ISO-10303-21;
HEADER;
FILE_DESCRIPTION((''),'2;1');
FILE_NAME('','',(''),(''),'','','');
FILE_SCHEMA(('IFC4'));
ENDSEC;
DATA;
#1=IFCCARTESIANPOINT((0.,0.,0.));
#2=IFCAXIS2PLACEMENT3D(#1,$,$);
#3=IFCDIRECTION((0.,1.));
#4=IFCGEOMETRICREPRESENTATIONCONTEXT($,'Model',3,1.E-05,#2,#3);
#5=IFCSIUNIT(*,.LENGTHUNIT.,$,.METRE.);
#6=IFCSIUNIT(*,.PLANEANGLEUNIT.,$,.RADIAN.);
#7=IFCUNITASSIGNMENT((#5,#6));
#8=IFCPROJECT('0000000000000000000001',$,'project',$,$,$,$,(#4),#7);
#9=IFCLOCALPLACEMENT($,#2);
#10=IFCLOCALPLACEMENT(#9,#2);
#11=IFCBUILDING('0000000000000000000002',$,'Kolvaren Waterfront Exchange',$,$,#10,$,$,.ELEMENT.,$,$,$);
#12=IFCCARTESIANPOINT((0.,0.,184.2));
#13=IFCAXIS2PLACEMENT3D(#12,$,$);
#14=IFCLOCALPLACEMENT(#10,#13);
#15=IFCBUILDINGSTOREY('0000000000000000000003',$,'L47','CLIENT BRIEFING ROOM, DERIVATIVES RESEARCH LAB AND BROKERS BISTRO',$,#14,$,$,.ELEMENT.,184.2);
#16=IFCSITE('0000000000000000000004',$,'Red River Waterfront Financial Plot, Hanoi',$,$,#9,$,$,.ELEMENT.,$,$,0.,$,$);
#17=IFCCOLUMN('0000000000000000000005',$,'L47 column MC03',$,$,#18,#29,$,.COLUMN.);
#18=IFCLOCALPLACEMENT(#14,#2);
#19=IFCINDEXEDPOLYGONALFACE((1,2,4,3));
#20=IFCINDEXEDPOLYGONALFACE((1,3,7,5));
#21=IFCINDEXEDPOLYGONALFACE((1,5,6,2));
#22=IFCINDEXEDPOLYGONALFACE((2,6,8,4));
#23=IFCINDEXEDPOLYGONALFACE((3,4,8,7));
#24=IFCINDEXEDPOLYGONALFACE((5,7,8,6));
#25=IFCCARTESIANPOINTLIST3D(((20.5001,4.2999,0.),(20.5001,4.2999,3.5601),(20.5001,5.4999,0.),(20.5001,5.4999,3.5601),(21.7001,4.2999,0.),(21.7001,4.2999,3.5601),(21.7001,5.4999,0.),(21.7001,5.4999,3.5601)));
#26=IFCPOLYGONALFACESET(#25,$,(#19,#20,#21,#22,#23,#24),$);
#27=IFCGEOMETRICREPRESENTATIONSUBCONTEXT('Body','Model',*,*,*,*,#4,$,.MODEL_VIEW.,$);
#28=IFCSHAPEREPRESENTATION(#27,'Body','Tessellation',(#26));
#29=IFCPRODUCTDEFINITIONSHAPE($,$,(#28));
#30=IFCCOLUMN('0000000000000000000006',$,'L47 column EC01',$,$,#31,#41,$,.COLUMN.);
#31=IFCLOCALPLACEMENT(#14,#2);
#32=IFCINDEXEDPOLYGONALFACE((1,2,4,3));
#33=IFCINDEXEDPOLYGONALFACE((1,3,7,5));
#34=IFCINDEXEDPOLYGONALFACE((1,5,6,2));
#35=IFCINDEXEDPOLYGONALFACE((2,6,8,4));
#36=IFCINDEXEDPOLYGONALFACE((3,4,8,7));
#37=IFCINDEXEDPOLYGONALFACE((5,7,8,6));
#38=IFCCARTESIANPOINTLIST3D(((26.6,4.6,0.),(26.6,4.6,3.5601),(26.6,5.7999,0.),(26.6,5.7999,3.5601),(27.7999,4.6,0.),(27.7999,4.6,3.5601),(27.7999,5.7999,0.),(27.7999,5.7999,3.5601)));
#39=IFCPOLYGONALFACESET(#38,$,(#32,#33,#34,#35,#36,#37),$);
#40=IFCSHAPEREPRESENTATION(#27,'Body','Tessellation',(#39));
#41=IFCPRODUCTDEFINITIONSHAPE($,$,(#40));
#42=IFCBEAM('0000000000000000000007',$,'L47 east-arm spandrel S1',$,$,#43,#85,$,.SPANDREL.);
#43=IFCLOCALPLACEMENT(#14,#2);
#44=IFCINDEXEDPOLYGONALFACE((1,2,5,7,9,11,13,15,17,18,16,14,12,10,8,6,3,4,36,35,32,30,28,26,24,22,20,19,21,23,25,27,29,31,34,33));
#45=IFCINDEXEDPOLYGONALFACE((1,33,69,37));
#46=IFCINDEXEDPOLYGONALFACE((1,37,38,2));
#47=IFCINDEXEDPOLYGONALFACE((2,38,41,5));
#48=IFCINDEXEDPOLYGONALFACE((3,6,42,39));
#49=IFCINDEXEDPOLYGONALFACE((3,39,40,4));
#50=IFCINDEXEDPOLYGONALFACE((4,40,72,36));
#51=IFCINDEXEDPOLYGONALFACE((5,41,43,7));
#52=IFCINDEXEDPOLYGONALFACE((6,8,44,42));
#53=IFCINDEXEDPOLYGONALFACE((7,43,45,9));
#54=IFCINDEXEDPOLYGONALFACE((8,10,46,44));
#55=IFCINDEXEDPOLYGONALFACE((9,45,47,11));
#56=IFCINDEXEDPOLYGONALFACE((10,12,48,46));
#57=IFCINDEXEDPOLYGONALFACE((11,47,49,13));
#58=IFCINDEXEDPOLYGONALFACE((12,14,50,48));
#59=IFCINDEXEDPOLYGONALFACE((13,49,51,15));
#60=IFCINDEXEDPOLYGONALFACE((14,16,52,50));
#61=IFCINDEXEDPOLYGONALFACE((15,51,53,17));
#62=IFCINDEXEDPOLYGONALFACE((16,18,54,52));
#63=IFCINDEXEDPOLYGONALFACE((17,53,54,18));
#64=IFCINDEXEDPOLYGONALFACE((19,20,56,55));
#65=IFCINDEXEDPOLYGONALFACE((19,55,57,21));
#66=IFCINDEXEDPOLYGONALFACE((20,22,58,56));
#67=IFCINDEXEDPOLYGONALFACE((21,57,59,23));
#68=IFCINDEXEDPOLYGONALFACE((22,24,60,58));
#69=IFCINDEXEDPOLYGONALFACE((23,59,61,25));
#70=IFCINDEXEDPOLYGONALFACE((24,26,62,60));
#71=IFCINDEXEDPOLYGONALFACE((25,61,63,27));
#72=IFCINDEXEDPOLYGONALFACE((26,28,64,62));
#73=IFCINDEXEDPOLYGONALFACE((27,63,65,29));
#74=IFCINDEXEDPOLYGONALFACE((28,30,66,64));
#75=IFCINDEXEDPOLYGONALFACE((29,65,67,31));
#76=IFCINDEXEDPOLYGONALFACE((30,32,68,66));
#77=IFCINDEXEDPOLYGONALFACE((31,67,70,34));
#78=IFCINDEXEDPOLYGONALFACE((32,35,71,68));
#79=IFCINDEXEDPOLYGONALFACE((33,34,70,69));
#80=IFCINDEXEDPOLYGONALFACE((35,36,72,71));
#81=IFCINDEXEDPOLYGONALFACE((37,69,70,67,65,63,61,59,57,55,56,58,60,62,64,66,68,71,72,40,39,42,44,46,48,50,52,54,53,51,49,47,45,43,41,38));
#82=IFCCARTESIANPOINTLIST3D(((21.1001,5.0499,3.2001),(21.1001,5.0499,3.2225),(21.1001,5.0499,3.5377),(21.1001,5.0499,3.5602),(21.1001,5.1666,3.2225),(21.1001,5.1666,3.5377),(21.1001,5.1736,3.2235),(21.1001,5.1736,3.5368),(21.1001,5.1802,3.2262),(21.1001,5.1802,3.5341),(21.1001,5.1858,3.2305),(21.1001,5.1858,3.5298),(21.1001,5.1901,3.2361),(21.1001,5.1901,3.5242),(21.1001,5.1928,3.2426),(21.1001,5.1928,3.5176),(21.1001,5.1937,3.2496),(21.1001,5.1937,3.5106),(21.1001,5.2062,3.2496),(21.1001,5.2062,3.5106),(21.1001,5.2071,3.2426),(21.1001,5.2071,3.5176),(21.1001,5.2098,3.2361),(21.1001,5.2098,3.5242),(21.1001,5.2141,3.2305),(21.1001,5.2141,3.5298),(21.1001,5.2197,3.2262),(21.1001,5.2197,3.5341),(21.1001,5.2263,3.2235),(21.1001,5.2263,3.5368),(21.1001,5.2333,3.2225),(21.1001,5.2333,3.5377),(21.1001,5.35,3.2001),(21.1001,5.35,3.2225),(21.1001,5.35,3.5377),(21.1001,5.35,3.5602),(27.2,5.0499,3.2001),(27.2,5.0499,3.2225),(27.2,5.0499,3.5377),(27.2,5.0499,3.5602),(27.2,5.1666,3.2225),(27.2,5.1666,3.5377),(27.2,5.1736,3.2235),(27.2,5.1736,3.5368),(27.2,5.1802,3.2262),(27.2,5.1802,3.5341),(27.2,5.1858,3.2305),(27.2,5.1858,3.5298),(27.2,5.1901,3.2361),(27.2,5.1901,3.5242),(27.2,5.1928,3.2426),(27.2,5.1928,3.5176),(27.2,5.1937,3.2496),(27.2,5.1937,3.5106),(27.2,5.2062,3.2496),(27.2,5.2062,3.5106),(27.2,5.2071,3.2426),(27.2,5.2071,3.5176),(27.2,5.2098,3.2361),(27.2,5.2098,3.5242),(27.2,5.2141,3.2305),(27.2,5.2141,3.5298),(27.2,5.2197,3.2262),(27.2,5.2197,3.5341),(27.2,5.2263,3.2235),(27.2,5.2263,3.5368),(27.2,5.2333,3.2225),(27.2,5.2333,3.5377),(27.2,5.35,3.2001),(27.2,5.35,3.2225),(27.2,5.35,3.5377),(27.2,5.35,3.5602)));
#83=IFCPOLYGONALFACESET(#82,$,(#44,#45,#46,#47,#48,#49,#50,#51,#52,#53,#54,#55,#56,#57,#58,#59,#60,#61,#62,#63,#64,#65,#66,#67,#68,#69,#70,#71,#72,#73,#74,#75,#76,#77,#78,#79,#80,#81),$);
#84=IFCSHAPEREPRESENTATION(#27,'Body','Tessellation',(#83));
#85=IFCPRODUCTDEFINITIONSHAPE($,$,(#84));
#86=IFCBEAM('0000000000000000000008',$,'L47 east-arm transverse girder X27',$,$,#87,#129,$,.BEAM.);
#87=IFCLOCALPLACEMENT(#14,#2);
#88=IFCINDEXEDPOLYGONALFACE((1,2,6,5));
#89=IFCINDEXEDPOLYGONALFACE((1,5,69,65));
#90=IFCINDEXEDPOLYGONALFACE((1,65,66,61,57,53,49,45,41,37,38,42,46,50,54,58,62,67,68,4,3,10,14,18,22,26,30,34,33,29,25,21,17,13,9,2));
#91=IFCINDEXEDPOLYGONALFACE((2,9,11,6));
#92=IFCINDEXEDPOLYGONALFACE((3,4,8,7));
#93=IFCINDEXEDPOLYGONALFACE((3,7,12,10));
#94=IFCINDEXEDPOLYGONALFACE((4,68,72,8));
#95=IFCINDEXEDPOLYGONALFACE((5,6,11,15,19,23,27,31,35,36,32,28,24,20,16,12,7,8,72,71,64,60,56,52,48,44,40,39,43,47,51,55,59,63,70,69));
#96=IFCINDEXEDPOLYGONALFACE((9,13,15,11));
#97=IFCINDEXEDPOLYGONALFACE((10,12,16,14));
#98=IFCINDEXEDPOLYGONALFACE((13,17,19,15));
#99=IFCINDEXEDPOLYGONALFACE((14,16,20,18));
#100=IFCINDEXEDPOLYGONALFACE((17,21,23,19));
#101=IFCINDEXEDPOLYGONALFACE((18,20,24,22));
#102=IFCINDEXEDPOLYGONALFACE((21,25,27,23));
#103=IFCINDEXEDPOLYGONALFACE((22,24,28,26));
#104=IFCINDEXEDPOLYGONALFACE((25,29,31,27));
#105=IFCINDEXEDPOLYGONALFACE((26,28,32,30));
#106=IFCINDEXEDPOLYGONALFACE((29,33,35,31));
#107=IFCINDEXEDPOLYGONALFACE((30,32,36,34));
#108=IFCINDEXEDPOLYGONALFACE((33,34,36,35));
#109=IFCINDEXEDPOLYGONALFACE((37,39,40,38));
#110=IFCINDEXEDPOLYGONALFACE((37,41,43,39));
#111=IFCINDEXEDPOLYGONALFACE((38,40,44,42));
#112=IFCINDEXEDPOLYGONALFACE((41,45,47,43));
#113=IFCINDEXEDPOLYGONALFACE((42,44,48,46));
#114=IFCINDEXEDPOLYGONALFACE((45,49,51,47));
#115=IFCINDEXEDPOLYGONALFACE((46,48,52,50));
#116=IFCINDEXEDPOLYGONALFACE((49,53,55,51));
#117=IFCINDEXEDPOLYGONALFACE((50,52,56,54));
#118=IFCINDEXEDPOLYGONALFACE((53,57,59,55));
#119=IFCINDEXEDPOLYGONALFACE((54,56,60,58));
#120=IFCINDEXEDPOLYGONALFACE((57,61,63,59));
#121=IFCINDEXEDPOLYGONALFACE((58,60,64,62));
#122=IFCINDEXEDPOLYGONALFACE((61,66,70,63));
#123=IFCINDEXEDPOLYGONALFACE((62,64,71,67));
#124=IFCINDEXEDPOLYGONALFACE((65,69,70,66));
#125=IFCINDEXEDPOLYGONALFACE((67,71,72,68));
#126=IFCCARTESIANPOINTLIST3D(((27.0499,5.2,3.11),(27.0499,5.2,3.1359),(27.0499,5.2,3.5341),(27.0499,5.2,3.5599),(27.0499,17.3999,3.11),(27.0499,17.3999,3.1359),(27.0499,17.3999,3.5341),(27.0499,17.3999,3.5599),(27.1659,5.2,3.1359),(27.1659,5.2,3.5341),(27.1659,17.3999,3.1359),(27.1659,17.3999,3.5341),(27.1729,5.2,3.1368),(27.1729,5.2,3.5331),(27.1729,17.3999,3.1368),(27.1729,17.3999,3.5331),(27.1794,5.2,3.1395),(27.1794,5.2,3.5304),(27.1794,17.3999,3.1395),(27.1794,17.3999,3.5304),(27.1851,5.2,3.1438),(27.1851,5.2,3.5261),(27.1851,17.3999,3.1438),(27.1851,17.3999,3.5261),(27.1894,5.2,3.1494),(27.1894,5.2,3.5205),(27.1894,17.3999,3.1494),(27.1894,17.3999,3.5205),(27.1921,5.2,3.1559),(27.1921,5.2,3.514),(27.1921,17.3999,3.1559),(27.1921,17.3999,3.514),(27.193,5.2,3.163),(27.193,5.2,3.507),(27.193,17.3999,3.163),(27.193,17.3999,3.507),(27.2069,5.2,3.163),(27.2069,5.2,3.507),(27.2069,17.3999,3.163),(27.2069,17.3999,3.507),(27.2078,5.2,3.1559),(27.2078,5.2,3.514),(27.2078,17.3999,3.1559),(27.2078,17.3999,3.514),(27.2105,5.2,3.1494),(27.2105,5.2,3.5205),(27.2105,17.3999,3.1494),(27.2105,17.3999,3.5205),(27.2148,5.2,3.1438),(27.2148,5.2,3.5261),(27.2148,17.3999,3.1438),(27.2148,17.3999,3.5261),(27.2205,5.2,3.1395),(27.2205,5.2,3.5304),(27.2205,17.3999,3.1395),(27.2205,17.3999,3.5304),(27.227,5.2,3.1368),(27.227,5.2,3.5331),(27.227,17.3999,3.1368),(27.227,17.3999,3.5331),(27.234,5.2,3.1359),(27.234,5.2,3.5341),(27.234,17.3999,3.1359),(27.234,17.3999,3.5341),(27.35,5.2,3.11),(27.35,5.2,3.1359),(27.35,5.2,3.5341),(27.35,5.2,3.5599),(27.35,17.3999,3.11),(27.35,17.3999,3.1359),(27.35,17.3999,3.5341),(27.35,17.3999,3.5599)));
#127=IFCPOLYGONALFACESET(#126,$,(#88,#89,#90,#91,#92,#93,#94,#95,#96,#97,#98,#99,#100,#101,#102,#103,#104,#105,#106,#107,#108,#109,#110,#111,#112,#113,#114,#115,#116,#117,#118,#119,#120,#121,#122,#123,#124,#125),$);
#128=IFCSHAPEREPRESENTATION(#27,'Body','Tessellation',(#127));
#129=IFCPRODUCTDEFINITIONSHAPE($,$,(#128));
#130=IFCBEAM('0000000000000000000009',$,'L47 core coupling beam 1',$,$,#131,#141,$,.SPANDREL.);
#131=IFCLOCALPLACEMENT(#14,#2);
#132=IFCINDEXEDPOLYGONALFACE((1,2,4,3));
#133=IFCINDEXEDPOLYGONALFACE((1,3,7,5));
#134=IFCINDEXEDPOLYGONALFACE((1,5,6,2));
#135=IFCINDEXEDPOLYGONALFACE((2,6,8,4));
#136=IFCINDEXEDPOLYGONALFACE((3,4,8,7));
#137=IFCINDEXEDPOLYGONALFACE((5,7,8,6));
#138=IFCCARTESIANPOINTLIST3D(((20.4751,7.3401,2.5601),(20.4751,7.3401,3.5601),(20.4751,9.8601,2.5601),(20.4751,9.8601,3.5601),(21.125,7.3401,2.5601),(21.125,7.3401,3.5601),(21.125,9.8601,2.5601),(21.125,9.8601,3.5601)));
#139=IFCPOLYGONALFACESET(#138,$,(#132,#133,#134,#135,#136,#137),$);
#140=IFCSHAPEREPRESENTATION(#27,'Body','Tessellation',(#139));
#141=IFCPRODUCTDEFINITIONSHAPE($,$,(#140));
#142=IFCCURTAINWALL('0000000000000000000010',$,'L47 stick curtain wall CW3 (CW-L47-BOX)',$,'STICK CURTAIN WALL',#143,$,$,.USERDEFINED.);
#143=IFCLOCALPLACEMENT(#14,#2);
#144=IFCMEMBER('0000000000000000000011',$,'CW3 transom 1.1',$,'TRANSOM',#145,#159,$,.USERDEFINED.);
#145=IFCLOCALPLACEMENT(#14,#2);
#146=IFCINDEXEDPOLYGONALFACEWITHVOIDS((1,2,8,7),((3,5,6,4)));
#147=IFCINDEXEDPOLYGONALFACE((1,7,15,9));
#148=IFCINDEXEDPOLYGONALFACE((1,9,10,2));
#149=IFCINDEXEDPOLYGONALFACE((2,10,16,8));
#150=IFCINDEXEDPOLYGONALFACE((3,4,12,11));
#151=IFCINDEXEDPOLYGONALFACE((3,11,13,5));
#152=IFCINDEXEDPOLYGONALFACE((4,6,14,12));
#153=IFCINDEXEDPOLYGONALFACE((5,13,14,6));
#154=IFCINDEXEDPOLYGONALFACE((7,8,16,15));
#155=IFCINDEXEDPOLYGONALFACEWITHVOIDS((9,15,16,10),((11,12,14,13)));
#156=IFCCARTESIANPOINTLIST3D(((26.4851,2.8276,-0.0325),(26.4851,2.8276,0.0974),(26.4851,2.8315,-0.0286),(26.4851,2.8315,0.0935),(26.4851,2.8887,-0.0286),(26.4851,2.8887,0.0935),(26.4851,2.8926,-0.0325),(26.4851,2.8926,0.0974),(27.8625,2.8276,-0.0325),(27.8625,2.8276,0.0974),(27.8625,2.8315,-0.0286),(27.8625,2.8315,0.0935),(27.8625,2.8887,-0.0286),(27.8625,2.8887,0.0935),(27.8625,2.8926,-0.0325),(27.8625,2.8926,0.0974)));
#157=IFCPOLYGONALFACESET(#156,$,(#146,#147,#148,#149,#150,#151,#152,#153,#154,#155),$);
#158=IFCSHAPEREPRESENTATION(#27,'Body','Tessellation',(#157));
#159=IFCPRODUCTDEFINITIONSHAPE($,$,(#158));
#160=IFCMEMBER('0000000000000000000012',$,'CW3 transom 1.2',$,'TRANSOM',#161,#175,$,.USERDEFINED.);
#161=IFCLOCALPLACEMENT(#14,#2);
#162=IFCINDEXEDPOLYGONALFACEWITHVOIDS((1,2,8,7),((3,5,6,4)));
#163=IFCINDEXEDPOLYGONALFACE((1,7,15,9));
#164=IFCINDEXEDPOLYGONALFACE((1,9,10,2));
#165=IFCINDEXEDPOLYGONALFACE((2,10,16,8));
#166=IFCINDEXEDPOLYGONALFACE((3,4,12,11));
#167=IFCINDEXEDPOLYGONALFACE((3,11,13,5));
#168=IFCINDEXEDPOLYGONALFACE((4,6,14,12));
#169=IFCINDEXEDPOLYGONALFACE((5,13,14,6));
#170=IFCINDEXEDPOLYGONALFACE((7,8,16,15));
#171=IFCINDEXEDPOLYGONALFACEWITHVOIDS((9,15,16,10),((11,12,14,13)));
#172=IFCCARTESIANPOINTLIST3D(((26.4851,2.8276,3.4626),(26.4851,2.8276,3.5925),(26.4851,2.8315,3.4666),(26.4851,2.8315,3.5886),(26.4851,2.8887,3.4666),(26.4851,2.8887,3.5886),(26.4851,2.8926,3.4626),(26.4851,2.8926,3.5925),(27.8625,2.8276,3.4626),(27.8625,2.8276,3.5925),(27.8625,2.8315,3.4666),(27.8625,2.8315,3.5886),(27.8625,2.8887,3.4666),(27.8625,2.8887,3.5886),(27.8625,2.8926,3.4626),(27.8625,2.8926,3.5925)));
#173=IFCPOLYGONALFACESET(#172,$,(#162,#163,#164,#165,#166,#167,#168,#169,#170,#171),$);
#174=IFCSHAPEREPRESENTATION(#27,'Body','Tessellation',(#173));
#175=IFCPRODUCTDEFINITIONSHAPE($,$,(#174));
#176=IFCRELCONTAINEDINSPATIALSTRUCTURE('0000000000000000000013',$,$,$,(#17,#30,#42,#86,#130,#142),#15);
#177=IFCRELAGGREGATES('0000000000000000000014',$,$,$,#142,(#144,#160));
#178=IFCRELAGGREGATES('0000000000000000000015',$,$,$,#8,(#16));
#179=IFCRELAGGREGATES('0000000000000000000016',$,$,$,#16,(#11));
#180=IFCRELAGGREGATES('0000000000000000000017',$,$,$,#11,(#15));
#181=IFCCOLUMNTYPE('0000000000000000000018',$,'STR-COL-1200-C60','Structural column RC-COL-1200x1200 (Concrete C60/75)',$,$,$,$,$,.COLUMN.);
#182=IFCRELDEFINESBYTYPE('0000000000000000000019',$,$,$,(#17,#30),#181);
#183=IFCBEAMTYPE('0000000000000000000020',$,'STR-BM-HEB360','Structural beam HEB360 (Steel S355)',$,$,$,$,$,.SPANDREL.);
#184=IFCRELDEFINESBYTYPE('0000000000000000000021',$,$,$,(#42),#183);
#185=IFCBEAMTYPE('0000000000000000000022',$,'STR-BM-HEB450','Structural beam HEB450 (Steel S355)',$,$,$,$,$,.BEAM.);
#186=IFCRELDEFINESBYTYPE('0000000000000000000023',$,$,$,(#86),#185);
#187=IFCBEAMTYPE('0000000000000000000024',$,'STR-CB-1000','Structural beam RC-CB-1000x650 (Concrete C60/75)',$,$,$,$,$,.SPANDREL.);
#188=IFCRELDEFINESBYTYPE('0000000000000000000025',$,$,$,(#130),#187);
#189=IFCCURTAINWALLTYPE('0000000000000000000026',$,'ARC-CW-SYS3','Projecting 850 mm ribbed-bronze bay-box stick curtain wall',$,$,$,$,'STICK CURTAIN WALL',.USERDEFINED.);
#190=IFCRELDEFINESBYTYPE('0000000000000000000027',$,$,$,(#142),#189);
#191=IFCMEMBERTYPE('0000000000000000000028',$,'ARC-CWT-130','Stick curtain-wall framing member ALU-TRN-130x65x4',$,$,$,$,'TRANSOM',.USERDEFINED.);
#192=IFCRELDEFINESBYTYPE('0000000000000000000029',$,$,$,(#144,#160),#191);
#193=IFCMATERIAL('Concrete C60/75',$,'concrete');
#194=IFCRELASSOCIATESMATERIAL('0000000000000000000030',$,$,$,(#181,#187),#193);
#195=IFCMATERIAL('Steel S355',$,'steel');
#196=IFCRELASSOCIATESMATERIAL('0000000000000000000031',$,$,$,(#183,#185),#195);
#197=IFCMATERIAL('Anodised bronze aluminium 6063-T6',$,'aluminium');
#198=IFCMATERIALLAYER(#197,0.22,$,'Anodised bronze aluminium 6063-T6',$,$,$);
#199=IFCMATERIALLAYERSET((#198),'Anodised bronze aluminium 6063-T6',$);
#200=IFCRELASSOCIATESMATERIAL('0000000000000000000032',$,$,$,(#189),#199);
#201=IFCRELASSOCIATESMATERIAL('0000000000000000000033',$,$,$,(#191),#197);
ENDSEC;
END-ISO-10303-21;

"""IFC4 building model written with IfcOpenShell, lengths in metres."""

from ifc_helpers import new_model, si_unit, direction, frame, origin, origin_with_axes, origin_2d, place, context, subcontext, project, spatial, rectangle, hollow_rectangle, i_section, extrude, source, transform, mapped, material, layer, layer_set, material_profile, profile_set, type_object, element, aggregate, save


model = new_model("IFC4")

# Units and contexts
model_context = context("Model", 3, precision=1e-05, world=origin(), true_north=direction((0.0, 1.0)))
body_context = subcontext(model_context, "Body", "Model", "MODEL_VIEW")
ifc_project = project(units=[si_unit("LENGTHUNIT", "METRE"), si_unit("PLANEANGLEUNIT", "RADIAN")], contexts=[model_context])

# Site, building, storey
site_placement = place(None, origin())
site = spatial("IfcSite", under=ifc_project, at=site_placement, Name="Red River Waterfront Financial Plot, Hanoi", CompositionType="ELEMENT", RefElevation=0.0)
building_placement = place(site_placement, origin())
building = spatial("IfcBuilding", under=site, at=building_placement, Name="Kolvaren Waterfront Exchange", CompositionType="ELEMENT")
storey_placement = place(building_placement, frame((0.0, 0.0, 184.2)))
storey = spatial("IfcBuildingStorey", under=building, at=storey_placement, Name="L47", Description="CLIENT BRIEFING ROOM, DERIVATIVES RESEARCH LAB AND BROKERS BISTRO", CompositionType="ELEMENT", Elevation=184.2)

# Columns
ifc_material_1 = material(Name="Concrete C60/75", Category="concrete")
ifc_material_profile_1 = material_profile(ifc_material_1, rectangle(XDim=1.2, YDim=1.2, at=origin_2d()), Name="RC-COL-1200x1200")
ifc_profile_set_1 = profile_set([ifc_material_profile_1], Name="Concrete C60/75")
column_type = type_object("IfcColumnType", Name="STR-COL-1200-C60", Description="Structural column RC-COL-1200x1200 (Concrete C60/75)", PredefinedType="COLUMN", material=ifc_profile_set_1)
for number, where, z_axis, x_axis, name in (
    (1, (21.1001, 4.8999, 0.0), (0.0, 0.0, 1.0), (1.0, 0.0, 0.0), "L47 column MC03"),
    (2, (27.2, 5.2, 0.0), (0.0, 0.0, 1.0), (1.0, 0.0, 0.0), "L47 column EC01"),
):
    element("IfcColumn", number, at=place(storey_placement, frame(where, z_axis=z_axis, x_axis=x_axis)), inside=storey, type_object=column_type, Name=name, PredefinedType="COLUMN", context=body_context, shape_type="SweptSolid", body=[
        extrude(rectangle(XDim=1.2, YDim=1.2, at=origin_2d()), origin(), (0.0, 0.0, 1.0), 3.5601),
    ])

# Beams
ifc_material_2 = material(Name="Steel S355", Category="steel")
ifc_material_profile_2 = material_profile(ifc_material_2, i_section(OverallWidth=0.3, OverallDepth=0.3601, WebThickness=0.0125, FlangeThickness=0.0225, FilletRadius=0.0271, at=origin_2d()), Name="HEB360")
ifc_profile_set_2 = profile_set([ifc_material_profile_2], Name="Steel S355")
beam_type_1 = type_object("IfcBeamType", Name="STR-BM-HEB360", Description="Structural beam HEB360 (Steel S355)", PredefinedType="SPANDREL", material=ifc_profile_set_2)
beam_1_placement = place(storey_placement, frame((21.1001, 5.2, 3.3801), z_axis=(1.0, 0.0, 0.0), x_axis=(0.0, 1.0, 0.0)))
element("IfcBeam", 3, at=beam_1_placement, inside=storey, type_object=beam_type_1, Name="L47 east-arm spandrel S1", PredefinedType="SPANDREL", context=body_context, shape_type="SweptSolid", body=[
    extrude(i_section(OverallWidth=0.3, OverallDepth=0.3601, WebThickness=0.0125, FlangeThickness=0.0225, FilletRadius=0.0271, at=origin_2d()), origin(), (0.0, 0.0, 1.0), 6.0999),
])
ifc_material_profile_3 = material_profile(ifc_material_2, i_section(OverallWidth=0.3, OverallDepth=0.45, WebThickness=0.0139, FlangeThickness=0.0259, FilletRadius=0.0271, at=origin_2d()), Name="HEB450")
ifc_profile_set_3 = profile_set([ifc_material_profile_3], Name="Steel S355")
beam_type_2 = type_object("IfcBeamType", Name="STR-BM-HEB450", Description="Structural beam HEB450 (Steel S355)", PredefinedType="BEAM", material=ifc_profile_set_3)
beam_2_placement = place(storey_placement, frame((27.2, 5.2, 3.335), z_axis=(0.0, 1.0, 0.0), x_axis=(-1.0, 0.0, 0.0)))
element("IfcBeam", 4, at=beam_2_placement, inside=storey, type_object=beam_type_2, Name="L47 east-arm transverse girder X27", PredefinedType="BEAM", context=body_context, shape_type="SweptSolid", body=[
    extrude(i_section(OverallWidth=0.3, OverallDepth=0.45, WebThickness=0.0139, FlangeThickness=0.0259, FilletRadius=0.0271, at=origin_2d()), origin(), (0.0, 0.0, 1.0), 12.2),
])
ifc_material_profile_4 = material_profile(ifc_material_1, rectangle(XDim=0.6499, YDim=1.0, at=origin_2d()), Name="RC-CB-1000x650")
ifc_profile_set_4 = profile_set([ifc_material_profile_4], Name="Concrete C60/75")
beam_type_3 = type_object("IfcBeamType", Name="STR-CB-1000", Description="Structural beam RC-CB-1000x650 (Concrete C60/75)", PredefinedType="SPANDREL", material=ifc_profile_set_4)
beam_3_placement = place(storey_placement, frame((20.8, 7.3401, 3.0601), z_axis=(0.0, 1.0, 0.0), x_axis=(-1.0, 0.0, 0.0)))
element("IfcBeam", 5, at=beam_3_placement, inside=storey, type_object=beam_type_3, Name="L47 core coupling beam 1", PredefinedType="SPANDREL", context=body_context, shape_type="SweptSolid", body=[
    extrude(rectangle(XDim=0.6499, YDim=1.0, at=origin_2d()), origin(), (0.0, 0.0, 1.0), 2.52),
])

# Curtain wall, members
ifc_material_3 = material(Name="Anodised bronze aluminium 6063-T6", Category="aluminium")
ifc_layer_1 = layer(ifc_material_3, 0.22, Name="Anodised bronze aluminium 6063-T6")
ifc_layer_set_1 = layer_set([ifc_layer_1], Name="Anodised bronze aluminium 6063-T6")
curtain_wall_type_1 = type_object("IfcCurtainWallType", Name="ARC-CW-SYS3", Description="Projecting 850 mm ribbed-bronze bay-box stick curtain wall", ElementType="STICK CURTAIN WALL", PredefinedType="USERDEFINED", material=ifc_layer_set_1)
curtain_wall_1_placement = place(storey_placement, origin())
curtain_wall_1 = element("IfcCurtainWall", 6, at=curtain_wall_1_placement, inside=storey, type_object=curtain_wall_type_1, Name="L47 stick curtain wall CW3 (CW-L47-BOX)", ObjectType="STICK CURTAIN WALL", PredefinedType="USERDEFINED")
ifc_material_profile_5 = material_profile(ifc_material_3, hollow_rectangle(XDim=0.0649, YDim=0.1299, WallThickness=0.0039, at=origin_2d()), Name="ALU-TRN-130x65x4")
ifc_profile_set_5 = profile_set([ifc_material_profile_5], Name="Anodised bronze aluminium 6063-T6")
member_type_1 = type_object("IfcMemberType", Name="ARC-CWT-130", Description="Stick curtain-wall framing member ALU-TRN-130x65x4", ElementType="TRANSOM", PredefinedType="USERDEFINED", material=ifc_profile_set_5)
shared_shape_1 = source(origin_with_axes(), body_context, "Body", "SweptSolid", [
    extrude(hollow_rectangle(XDim=0.0649, YDim=0.1299, WallThickness=0.0039, at=origin_2d()), origin(), (0.0, 0.0, 1.0), 1.3774),
])
member_1_placement = place(storey_placement, frame((26.4851, 2.8601, 0.0325), z_axis=(1.0, 0.0, 0.0), x_axis=(0.0, 1.0, 0.0)))
member_1 = element("IfcMember", 7, at=member_1_placement, type_object=member_type_1, Name="CW3 transom 1.1", ObjectType="TRANSOM", PredefinedType="USERDEFINED", context=body_context, shape_type="MappedRepresentation", body=[
    mapped(shared_shape_1, transform((0.0, 0.0, 0.0), x_axis=(1.0, 0.0, 0.0), y_axis=(0.0, 1.0, 0.0), z_axis=(0.0, 0.0, 1.0), scale=1.0)),
])
member_2_placement = place(storey_placement, frame((26.4851, 2.8601, 3.5276), z_axis=(1.0, 0.0, 0.0), x_axis=(0.0, 1.0, 0.0)))
member_2 = element("IfcMember", 8, at=member_2_placement, type_object=member_type_1, Name="CW3 transom 1.2", ObjectType="TRANSOM", PredefinedType="USERDEFINED", context=body_context, shape_type="MappedRepresentation", body=[
    mapped(shared_shape_1, transform((0.0, 0.0, 0.0), x_axis=(1.0, 0.0, 0.0), y_axis=(0.0, 1.0, 0.0), z_axis=(0.0, 0.0, 1.0), scale=1.0)),
])

aggregate(curtain_wall_1, [member_1, member_2])

save(model, "model.ifc")
